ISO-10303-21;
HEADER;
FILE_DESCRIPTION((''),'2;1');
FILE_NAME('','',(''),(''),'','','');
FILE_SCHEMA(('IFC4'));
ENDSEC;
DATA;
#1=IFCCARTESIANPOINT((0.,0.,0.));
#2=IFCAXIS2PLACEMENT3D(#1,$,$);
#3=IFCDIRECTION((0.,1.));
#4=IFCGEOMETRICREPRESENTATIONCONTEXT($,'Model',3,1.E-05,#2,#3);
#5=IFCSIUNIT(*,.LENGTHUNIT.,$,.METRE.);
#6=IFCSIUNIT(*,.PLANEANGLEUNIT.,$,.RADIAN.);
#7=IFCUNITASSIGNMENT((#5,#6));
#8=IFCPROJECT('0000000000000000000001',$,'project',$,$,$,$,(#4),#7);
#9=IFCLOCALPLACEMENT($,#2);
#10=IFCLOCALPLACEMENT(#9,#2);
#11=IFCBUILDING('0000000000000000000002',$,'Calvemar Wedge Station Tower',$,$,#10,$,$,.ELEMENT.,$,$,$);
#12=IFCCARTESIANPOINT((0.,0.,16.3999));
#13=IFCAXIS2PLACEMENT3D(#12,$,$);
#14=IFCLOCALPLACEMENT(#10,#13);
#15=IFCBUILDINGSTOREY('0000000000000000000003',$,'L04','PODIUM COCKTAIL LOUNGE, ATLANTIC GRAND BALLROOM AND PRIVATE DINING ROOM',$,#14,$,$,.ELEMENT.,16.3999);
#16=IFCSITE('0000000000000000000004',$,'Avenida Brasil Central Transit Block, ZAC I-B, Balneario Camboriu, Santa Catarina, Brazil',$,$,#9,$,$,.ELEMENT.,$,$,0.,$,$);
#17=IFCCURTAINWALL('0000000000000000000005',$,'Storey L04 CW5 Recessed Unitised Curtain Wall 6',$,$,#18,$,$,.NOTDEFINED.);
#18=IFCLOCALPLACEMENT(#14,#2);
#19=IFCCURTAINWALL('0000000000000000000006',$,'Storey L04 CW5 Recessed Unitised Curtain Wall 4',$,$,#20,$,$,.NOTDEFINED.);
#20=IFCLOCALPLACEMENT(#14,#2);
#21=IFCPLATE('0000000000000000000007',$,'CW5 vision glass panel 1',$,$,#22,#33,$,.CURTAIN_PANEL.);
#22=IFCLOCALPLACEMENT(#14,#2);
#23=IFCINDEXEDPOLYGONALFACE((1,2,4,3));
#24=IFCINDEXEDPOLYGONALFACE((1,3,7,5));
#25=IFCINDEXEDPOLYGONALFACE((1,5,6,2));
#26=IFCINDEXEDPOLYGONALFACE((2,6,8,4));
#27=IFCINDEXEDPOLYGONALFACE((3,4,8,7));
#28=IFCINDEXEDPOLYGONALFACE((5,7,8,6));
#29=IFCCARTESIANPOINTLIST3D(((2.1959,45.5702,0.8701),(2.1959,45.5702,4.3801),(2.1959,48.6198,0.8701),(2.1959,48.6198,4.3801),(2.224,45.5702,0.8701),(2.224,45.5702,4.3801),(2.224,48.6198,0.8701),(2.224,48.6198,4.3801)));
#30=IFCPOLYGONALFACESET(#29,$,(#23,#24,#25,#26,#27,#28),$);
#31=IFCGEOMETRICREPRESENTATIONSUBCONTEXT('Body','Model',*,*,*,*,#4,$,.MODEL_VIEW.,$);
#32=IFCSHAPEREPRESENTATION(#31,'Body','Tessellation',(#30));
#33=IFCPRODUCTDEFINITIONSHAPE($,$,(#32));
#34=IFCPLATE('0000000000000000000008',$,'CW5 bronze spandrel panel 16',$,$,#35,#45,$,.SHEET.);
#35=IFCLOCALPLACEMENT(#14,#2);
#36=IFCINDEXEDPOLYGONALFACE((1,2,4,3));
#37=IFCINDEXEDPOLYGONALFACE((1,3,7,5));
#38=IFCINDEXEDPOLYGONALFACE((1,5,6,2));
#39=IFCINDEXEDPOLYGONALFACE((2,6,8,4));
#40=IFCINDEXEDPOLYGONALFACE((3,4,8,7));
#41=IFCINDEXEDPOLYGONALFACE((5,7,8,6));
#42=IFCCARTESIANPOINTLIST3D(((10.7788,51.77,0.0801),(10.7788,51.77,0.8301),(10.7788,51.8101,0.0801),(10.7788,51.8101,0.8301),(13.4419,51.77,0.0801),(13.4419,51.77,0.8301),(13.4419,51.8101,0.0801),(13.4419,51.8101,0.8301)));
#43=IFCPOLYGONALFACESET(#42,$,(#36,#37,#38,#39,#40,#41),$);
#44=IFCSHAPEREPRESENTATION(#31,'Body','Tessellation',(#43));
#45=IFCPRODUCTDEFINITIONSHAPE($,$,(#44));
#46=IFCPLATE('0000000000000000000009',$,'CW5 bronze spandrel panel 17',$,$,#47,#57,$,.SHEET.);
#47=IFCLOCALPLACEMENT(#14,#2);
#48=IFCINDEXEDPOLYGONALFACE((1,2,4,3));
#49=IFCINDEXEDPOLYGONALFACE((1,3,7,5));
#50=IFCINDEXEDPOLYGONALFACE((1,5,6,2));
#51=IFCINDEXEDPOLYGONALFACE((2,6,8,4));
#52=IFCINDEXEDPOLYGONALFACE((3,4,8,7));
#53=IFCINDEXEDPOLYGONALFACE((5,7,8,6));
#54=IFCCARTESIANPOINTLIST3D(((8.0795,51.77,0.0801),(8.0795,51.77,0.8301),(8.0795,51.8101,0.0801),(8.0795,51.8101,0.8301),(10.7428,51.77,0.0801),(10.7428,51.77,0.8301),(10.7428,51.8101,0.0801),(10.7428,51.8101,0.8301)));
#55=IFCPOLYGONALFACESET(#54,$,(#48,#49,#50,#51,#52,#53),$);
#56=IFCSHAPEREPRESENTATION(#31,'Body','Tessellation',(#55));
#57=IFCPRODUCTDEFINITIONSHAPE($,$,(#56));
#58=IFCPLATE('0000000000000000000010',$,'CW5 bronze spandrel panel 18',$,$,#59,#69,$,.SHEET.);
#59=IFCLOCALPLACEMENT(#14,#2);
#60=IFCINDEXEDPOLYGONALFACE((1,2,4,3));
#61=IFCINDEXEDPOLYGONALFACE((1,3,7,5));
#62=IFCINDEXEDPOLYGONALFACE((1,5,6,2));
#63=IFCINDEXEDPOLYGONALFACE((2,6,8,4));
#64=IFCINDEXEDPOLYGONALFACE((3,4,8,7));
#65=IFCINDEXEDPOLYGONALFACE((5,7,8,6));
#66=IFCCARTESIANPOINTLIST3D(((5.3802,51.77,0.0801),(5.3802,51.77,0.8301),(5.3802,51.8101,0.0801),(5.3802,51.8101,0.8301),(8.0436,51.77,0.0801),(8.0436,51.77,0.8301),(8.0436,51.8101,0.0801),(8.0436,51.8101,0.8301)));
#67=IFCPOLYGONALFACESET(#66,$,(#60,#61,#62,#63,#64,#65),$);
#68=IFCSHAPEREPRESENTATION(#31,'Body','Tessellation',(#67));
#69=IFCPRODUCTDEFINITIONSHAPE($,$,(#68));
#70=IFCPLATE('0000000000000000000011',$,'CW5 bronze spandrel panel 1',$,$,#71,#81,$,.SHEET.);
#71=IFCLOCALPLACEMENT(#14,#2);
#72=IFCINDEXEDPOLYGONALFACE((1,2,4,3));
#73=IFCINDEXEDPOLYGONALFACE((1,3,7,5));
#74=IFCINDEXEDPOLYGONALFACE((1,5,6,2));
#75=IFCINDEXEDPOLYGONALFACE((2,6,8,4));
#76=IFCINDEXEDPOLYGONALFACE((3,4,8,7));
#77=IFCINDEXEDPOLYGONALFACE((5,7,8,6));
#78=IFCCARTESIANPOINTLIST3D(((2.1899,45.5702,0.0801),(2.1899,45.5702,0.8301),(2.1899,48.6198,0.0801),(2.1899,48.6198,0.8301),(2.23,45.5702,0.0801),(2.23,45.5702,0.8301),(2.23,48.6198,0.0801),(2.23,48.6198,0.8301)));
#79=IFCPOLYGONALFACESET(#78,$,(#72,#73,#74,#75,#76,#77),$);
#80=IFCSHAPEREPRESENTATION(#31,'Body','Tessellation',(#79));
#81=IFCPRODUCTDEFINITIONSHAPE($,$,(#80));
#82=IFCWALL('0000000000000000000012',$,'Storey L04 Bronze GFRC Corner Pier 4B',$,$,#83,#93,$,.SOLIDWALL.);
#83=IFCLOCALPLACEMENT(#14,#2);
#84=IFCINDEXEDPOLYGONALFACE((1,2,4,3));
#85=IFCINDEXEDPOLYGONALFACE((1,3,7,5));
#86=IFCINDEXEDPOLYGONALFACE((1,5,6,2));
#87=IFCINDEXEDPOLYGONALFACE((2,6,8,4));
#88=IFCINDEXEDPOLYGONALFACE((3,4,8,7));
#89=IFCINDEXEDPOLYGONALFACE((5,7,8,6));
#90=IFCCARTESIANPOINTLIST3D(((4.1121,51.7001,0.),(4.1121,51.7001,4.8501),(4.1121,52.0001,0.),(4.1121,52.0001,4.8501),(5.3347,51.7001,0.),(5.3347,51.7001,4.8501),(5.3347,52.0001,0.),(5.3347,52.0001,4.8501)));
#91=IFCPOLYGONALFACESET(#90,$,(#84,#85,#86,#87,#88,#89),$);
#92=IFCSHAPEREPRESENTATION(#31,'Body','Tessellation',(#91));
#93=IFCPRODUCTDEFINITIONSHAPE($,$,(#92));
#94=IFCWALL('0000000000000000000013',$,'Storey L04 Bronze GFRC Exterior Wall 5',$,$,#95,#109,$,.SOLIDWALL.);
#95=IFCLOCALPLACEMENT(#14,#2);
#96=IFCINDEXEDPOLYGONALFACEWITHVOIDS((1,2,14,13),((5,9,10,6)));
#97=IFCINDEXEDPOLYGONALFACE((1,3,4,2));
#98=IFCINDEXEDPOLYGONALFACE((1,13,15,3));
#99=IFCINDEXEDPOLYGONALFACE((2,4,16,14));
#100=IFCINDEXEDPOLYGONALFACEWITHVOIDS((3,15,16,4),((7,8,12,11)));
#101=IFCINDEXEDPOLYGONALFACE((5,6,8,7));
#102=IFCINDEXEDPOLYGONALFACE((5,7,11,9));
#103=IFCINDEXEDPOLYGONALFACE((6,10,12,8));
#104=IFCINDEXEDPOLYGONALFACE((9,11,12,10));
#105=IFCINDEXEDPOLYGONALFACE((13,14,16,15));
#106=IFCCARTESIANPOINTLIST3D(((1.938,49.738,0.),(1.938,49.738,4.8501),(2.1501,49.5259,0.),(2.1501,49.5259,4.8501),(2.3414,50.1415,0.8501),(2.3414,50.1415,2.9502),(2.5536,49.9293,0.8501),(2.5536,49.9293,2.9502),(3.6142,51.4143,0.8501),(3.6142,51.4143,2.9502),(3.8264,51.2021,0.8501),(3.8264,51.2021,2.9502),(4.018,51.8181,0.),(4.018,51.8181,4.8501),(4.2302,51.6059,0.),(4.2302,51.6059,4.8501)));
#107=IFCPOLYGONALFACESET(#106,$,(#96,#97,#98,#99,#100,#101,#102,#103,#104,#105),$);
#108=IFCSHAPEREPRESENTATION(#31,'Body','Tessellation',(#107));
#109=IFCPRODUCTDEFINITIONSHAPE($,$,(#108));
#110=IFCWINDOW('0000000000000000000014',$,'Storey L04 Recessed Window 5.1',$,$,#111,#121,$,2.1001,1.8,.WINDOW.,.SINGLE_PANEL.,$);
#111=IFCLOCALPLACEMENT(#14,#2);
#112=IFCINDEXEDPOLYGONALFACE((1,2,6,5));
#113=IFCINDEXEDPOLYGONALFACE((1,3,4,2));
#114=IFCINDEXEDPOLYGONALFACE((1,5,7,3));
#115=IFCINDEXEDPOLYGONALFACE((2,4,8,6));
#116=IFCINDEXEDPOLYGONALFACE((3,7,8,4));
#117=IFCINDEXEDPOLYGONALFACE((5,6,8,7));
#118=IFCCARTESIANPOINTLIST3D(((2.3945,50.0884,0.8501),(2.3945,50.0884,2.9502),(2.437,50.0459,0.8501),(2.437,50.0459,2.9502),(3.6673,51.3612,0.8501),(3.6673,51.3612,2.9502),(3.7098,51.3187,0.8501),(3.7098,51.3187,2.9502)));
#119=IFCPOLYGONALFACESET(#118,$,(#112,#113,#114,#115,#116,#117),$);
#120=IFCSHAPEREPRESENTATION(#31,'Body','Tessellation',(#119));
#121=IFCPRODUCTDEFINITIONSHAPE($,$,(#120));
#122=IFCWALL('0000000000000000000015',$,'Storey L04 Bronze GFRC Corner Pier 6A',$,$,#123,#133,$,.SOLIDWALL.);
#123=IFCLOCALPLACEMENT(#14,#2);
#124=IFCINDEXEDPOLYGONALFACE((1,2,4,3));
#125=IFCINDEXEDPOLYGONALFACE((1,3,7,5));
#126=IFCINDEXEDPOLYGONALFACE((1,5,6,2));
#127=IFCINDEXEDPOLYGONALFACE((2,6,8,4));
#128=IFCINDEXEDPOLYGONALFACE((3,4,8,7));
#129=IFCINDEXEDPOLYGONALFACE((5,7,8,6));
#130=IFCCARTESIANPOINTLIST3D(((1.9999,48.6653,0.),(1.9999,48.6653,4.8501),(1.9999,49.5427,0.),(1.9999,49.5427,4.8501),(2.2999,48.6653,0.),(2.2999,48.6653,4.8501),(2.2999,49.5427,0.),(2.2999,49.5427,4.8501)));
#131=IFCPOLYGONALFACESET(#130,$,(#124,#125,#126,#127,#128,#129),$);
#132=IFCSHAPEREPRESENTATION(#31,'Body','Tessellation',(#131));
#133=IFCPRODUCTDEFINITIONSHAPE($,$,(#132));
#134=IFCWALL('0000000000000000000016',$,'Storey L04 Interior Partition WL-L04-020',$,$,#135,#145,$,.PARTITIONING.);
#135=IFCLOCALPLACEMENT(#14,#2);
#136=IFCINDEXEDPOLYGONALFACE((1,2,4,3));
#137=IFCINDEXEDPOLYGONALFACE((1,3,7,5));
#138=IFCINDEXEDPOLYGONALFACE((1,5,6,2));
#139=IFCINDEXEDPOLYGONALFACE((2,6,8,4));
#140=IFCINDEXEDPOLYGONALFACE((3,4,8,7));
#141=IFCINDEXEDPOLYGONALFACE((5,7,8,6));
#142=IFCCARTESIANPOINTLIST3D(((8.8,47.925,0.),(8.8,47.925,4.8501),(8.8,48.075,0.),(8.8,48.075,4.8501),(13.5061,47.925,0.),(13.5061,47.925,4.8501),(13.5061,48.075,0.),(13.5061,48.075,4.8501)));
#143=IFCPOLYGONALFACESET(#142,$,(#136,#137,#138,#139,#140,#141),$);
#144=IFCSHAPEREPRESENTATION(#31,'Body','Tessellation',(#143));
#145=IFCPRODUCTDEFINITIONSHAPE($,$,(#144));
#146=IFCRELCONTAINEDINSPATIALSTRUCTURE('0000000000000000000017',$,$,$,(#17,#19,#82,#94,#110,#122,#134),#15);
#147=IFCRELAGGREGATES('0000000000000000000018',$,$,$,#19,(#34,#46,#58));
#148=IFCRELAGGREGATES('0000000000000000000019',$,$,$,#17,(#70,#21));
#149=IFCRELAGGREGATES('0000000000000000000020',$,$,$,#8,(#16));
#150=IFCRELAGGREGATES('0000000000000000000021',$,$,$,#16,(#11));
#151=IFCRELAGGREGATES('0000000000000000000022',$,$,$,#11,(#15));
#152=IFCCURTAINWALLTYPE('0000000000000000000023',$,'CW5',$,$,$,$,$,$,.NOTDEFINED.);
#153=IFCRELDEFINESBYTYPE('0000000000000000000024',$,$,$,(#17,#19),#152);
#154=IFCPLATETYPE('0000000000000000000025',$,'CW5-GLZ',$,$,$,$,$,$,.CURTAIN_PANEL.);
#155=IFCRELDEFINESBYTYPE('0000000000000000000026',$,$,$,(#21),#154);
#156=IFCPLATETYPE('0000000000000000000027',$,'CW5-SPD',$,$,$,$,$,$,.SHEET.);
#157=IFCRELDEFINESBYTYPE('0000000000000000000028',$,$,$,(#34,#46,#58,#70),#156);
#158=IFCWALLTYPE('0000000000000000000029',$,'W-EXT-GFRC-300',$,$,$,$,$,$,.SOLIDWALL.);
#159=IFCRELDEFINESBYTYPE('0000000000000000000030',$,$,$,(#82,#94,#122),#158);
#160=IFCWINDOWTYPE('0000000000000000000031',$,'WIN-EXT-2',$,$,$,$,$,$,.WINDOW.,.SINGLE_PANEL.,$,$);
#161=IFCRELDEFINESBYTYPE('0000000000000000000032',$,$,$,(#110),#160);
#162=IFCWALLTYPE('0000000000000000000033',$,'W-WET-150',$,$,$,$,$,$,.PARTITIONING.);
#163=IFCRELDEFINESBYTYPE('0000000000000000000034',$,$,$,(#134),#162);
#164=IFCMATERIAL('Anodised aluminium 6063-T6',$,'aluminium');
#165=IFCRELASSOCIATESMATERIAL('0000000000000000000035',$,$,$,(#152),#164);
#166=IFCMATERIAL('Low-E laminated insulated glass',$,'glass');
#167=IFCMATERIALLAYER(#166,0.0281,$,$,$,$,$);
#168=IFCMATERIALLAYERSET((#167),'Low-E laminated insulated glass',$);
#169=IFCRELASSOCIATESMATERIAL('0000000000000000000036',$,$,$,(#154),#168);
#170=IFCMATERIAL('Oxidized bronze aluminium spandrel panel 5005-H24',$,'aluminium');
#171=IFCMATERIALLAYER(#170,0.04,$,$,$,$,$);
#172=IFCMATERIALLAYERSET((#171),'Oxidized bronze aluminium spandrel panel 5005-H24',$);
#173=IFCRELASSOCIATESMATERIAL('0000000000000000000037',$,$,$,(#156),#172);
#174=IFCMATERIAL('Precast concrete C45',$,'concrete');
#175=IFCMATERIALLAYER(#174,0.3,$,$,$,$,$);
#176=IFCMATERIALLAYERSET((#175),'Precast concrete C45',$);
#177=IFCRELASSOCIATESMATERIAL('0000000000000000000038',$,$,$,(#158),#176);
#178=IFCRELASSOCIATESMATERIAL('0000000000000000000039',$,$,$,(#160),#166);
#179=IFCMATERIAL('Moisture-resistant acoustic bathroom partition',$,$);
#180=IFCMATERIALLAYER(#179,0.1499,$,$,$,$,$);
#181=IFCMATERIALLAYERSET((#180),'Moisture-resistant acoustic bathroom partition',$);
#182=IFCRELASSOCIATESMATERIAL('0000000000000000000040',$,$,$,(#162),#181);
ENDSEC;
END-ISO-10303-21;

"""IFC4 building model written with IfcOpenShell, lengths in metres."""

from ifc_helpers import new_model, si_unit, direction, frame, frame_2d, origin, place, context, subcontext, project, spatial, rectangle, extrude, source, transform, mapped, material, layer, layer_set, type_object, element, fill, aggregate, save


model = new_model("IFC4")

# Units and contexts
model_context = context("Model", 3, precision=1e-05, world=origin(), true_north=direction((0.0, 1.0)))
body_context = subcontext(model_context, "Body", "Model", "MODEL_VIEW")
ifc_project = project(units=[si_unit("LENGTHUNIT", "METRE"), si_unit("PLANEANGLEUNIT", "RADIAN")], contexts=[model_context])

# Site, building, storey
site_placement = place(None, origin())
site = spatial("IfcSite", under=ifc_project, at=site_placement, Name="Avenida Brasil Central Transit Block, ZAC I-B, Balneario Camboriu, Santa Catarina, Brazil", CompositionType="ELEMENT", RefElevation=0.0)
building_placement = place(site_placement, origin())
building = spatial("IfcBuilding", under=site, at=building_placement, Name="Calvemar Wedge Station Tower", CompositionType="ELEMENT")
storey_placement = place(building_placement, frame((0.0, 0.0, 16.3999)))
storey = spatial("IfcBuildingStorey", under=building, at=storey_placement, Name="L04", Description="PODIUM COCKTAIL LOUNGE, ATLANTIC GRAND BALLROOM AND PRIVATE DINING ROOM", CompositionType="ELEMENT", Elevation=16.3999)

# Curtain walls
ifc_material_1 = material(Name="Anodised aluminium 6063-T6", Category="aluminium")
curtain_wall_type = type_object("IfcCurtainWallType", Name="CW5", PredefinedType="NOTDEFINED", material=ifc_material_1)
curtain_wall_1_placement = place(storey_placement, origin())
curtain_wall_1 = element("IfcCurtainWall", 1, at=curtain_wall_1_placement, inside=storey, type_object=curtain_wall_type, Name="Storey L04 CW5 Recessed Unitised Curtain Wall 6", PredefinedType="NOTDEFINED")
curtain_wall_2_placement = place(storey_placement, origin())
curtain_wall_2 = element("IfcCurtainWall", 2, at=curtain_wall_2_placement, inside=storey, type_object=curtain_wall_type, Name="Storey L04 CW5 Recessed Unitised Curtain Wall 4", PredefinedType="NOTDEFINED")

# Plates
ifc_material_2 = material(Name="Low-E laminated insulated glass", Category="glass")
ifc_layer_1 = layer(ifc_material_2, 0.0281)
ifc_layer_set_1 = layer_set([ifc_layer_1], Name="Low-E laminated insulated glass")
plate_type_1 = type_object("IfcPlateType", Name="CW5-GLZ", PredefinedType="CURTAIN_PANEL", material=ifc_layer_set_1)
plate_1_placement = place(storey_placement, frame((2.21, 48.6199, 0.8701), z_axis=(0.0, 0.0, 1.0), x_axis=(0.0, -1.0, 0.0)))
plate_1 = element("IfcPlate", 3, at=plate_1_placement, type_object=plate_type_1, Name="CW5 vision glass panel 1", PredefinedType="CURTAIN_PANEL", context=body_context, shape_type="SweptSolid", body=[
    extrude(rectangle(XDim=3.0496, YDim=0.0281, at=frame_2d((1.5249, 0.0))), origin(), (0.0, 0.0, 1.0), 3.51),
])
ifc_material_3 = material(Name="Oxidized bronze aluminium spandrel panel 5005-H24", Category="aluminium")
ifc_layer_2 = layer(ifc_material_3, 0.04)
ifc_layer_set_2 = layer_set([ifc_layer_2], Name="Oxidized bronze aluminium spandrel panel 5005-H24")
plate_type_2 = type_object("IfcPlateType", Name="CW5-SPD", PredefinedType="SHEET", material=ifc_layer_set_2)
plate_2_placement = place(storey_placement, frame((13.4419, 51.79, 0.0801), z_axis=(0.0, 0.0, 1.0), x_axis=(-1.0, 0.0, 0.0)))
plate_2 = element("IfcPlate", 4, at=plate_2_placement, type_object=plate_type_2, Name="CW5 bronze spandrel panel 16", PredefinedType="SHEET", context=body_context, shape_type="SweptSolid", body=[
    extrude(rectangle(XDim=2.6631, YDim=0.04, at=frame_2d((1.3315, 0.0))), origin(), (0.0, 0.0, 1.0), 0.75),
])
plate_3_placement = place(storey_placement, frame((10.7427, 51.79, 0.0801), z_axis=(0.0, 0.0, 1.0), x_axis=(-1.0, 0.0, 0.0)))
plate_3 = element("IfcPlate", 5, at=plate_3_placement, type_object=plate_type_2, Name="CW5 bronze spandrel panel 17", PredefinedType="SHEET", context=body_context, shape_type="SweptSolid", body=[
    extrude(rectangle(XDim=2.6633, YDim=0.04, at=frame_2d((1.3315, 0.0))), origin(), (0.0, 0.0, 1.0), 0.75),
])
plate_4_placement = place(storey_placement, frame((8.0435, 51.79, 0.0801), z_axis=(0.0, 0.0, 1.0), x_axis=(-1.0, 0.0, 0.0)))
plate_4 = element("IfcPlate", 6, at=plate_4_placement, type_object=plate_type_2, Name="CW5 bronze spandrel panel 18", PredefinedType="SHEET", context=body_context, shape_type="SweptSolid", body=[
    extrude(rectangle(XDim=2.6633, YDim=0.04, at=frame_2d((1.3315, 0.0))), origin(), (0.0, 0.0, 1.0), 0.75),
])
aggregate(curtain_wall_2, [plate_2, plate_3, plate_4])
plate_5_placement = place(storey_placement, frame((2.21, 48.6199, 0.0801), z_axis=(0.0, 0.0, 1.0), x_axis=(0.0, -1.0, 0.0)))
plate_5 = element("IfcPlate", 7, at=plate_5_placement, type_object=plate_type_2, Name="CW5 bronze spandrel panel 1", PredefinedType="SHEET", context=body_context, shape_type="SweptSolid", body=[
    extrude(rectangle(XDim=3.0496, YDim=0.04, at=frame_2d((1.5249, 0.0))), origin(), (0.0, 0.0, 1.0), 0.75),
])
aggregate(curtain_wall_1, [plate_5, plate_1])

# Wall
ifc_material_4 = material(Name="Precast concrete C45", Category="concrete")
ifc_layer_3 = layer(ifc_material_4, 0.3)
ifc_layer_set_3 = layer_set([ifc_layer_3], Name="Precast concrete C45")
wall_type_1 = type_object("IfcWallType", Name="W-EXT-GFRC-300", PredefinedType="SOLIDWALL", material=ifc_layer_set_3)
wall_1_placement = place(storey_placement, frame((5.3347, 51.8501, 0.0), z_axis=(0.0, 0.0, 1.0), x_axis=(-1.0, 0.0, 0.0)))
element("IfcWall", 8, at=wall_1_placement, inside=storey, type_object=wall_type_1, Name="Storey L04 Bronze GFRC Corner Pier 4B", PredefinedType="SOLIDWALL", context=body_context, shape_type="SweptSolid", body=[
    extrude(rectangle(XDim=1.2227, YDim=0.3, at=frame_2d((0.6113, 0.0))), origin(), (0.0, 0.0, 1.0), 4.8501),
])

# Wall, opening, window
wall_2_placement = place(storey_placement, frame((4.124, 51.7119, 0.0), z_axis=(0.0, 0.0, 1.0), x_axis=(-0.707107, -0.707107, 0.0)))
wall_2 = element("IfcWall", 9, at=wall_2_placement, inside=storey, type_object=wall_type_1, Name="Storey L04 Bronze GFRC Exterior Wall 5", PredefinedType="SOLIDWALL", context=body_context, shape_type="SweptSolid", body=[
    extrude(rectangle(XDim=2.9417, YDim=0.3, at=frame_2d((1.4707, 0.0))), origin(), (0.0, 0.0, 1.0), 4.8501),
])
shared_shape_1 = source(origin(), body_context, "Body", "SweptSolid", [
    extrude(rectangle(XDim=1.8, YDim=2.1001, at=frame_2d((0.8999, 1.05))), frame((0.0, 0.1602, 0.0), z_axis=(0.0, -1.0, 0.0), x_axis=(1.0, 0.0, 0.0)), (0.0, 0.0, 1.0), 0.3201),
])
opening_placement = place(wall_2_placement, frame((0.571, 0.0, 0.8501)))
opening = element("IfcOpeningElement", 10, at=opening_placement, cuts=wall_2, PredefinedType="OPENING", context=body_context, shape_type="MappedRepresentation", body=[
    mapped(shared_shape_1, transform((0.0, 0.0, 0.0), scale=1.0)),
])
window_type = type_object("IfcWindowType", Name="WIN-EXT-2", PartitioningType="SINGLE_PANEL", PredefinedType="WINDOW", material=ifc_material_2)
shared_shape_2 = source(origin(), body_context, "Body", "SweptSolid", [
    extrude(rectangle(XDim=1.8, YDim=2.1001, at=frame_2d((0.8999, 1.05))), frame((0.0, -0.0149, 0.0), z_axis=(0.0, -1.0, 0.0), x_axis=(1.0, 0.0, 0.0)), (0.0, 0.0, 1.0), 0.0601),
])
window_placement = place(opening_placement, origin())
window = element("IfcWindow", 11, at=window_placement, inside=storey, type_object=window_type, Name="Storey L04 Recessed Window 5.1", OverallHeight=2.1001, OverallWidth=1.8, PartitioningType="SINGLE_PANEL", PredefinedType="WINDOW", context=body_context, shape_type="MappedRepresentation", body=[
    mapped(shared_shape_2, transform((0.0, 0.0, 0.0), scale=1.0)),
])
fill(opening, window)

# Walls
wall_3_placement = place(storey_placement, frame((2.1499, 49.5427, 0.0), z_axis=(0.0, 0.0, 1.0), x_axis=(0.0, -1.0, 0.0)))
element("IfcWall", 12, at=wall_3_placement, inside=storey, type_object=wall_type_1, Name="Storey L04 Bronze GFRC Corner Pier 6A", PredefinedType="SOLIDWALL", context=body_context, shape_type="SweptSolid", body=[
    extrude(rectangle(XDim=0.8774, YDim=0.3, at=frame_2d((0.4387, 0.0))), origin(), (0.0, 0.0, 1.0), 4.8501),
])
ifc_material_5 = material(Name="Moisture-resistant acoustic bathroom partition")
ifc_layer_4 = layer(ifc_material_5, 0.1499)
ifc_layer_set_4 = layer_set([ifc_layer_4], Name="Moisture-resistant acoustic bathroom partition")
wall_type_2 = type_object("IfcWallType", Name="W-WET-150", PredefinedType="PARTITIONING", material=ifc_layer_set_4)
wall_4_placement = place(storey_placement, frame((8.8, 48.0, 0.0), z_axis=(0.0, 0.0, 1.0), x_axis=(1.0, 0.0, 0.0)))
element("IfcWall", 13, at=wall_4_placement, inside=storey, type_object=wall_type_2, Name="Storey L04 Interior Partition WL-L04-020", PredefinedType="PARTITIONING", context=body_context, shape_type="SweptSolid", body=[
    extrude(rectangle(XDim=4.7061, YDim=0.1499, at=frame_2d((2.353, 0.0))), origin(), (0.0, 0.0, 1.0), 4.8501),
])

save(model, "model.ifc")
